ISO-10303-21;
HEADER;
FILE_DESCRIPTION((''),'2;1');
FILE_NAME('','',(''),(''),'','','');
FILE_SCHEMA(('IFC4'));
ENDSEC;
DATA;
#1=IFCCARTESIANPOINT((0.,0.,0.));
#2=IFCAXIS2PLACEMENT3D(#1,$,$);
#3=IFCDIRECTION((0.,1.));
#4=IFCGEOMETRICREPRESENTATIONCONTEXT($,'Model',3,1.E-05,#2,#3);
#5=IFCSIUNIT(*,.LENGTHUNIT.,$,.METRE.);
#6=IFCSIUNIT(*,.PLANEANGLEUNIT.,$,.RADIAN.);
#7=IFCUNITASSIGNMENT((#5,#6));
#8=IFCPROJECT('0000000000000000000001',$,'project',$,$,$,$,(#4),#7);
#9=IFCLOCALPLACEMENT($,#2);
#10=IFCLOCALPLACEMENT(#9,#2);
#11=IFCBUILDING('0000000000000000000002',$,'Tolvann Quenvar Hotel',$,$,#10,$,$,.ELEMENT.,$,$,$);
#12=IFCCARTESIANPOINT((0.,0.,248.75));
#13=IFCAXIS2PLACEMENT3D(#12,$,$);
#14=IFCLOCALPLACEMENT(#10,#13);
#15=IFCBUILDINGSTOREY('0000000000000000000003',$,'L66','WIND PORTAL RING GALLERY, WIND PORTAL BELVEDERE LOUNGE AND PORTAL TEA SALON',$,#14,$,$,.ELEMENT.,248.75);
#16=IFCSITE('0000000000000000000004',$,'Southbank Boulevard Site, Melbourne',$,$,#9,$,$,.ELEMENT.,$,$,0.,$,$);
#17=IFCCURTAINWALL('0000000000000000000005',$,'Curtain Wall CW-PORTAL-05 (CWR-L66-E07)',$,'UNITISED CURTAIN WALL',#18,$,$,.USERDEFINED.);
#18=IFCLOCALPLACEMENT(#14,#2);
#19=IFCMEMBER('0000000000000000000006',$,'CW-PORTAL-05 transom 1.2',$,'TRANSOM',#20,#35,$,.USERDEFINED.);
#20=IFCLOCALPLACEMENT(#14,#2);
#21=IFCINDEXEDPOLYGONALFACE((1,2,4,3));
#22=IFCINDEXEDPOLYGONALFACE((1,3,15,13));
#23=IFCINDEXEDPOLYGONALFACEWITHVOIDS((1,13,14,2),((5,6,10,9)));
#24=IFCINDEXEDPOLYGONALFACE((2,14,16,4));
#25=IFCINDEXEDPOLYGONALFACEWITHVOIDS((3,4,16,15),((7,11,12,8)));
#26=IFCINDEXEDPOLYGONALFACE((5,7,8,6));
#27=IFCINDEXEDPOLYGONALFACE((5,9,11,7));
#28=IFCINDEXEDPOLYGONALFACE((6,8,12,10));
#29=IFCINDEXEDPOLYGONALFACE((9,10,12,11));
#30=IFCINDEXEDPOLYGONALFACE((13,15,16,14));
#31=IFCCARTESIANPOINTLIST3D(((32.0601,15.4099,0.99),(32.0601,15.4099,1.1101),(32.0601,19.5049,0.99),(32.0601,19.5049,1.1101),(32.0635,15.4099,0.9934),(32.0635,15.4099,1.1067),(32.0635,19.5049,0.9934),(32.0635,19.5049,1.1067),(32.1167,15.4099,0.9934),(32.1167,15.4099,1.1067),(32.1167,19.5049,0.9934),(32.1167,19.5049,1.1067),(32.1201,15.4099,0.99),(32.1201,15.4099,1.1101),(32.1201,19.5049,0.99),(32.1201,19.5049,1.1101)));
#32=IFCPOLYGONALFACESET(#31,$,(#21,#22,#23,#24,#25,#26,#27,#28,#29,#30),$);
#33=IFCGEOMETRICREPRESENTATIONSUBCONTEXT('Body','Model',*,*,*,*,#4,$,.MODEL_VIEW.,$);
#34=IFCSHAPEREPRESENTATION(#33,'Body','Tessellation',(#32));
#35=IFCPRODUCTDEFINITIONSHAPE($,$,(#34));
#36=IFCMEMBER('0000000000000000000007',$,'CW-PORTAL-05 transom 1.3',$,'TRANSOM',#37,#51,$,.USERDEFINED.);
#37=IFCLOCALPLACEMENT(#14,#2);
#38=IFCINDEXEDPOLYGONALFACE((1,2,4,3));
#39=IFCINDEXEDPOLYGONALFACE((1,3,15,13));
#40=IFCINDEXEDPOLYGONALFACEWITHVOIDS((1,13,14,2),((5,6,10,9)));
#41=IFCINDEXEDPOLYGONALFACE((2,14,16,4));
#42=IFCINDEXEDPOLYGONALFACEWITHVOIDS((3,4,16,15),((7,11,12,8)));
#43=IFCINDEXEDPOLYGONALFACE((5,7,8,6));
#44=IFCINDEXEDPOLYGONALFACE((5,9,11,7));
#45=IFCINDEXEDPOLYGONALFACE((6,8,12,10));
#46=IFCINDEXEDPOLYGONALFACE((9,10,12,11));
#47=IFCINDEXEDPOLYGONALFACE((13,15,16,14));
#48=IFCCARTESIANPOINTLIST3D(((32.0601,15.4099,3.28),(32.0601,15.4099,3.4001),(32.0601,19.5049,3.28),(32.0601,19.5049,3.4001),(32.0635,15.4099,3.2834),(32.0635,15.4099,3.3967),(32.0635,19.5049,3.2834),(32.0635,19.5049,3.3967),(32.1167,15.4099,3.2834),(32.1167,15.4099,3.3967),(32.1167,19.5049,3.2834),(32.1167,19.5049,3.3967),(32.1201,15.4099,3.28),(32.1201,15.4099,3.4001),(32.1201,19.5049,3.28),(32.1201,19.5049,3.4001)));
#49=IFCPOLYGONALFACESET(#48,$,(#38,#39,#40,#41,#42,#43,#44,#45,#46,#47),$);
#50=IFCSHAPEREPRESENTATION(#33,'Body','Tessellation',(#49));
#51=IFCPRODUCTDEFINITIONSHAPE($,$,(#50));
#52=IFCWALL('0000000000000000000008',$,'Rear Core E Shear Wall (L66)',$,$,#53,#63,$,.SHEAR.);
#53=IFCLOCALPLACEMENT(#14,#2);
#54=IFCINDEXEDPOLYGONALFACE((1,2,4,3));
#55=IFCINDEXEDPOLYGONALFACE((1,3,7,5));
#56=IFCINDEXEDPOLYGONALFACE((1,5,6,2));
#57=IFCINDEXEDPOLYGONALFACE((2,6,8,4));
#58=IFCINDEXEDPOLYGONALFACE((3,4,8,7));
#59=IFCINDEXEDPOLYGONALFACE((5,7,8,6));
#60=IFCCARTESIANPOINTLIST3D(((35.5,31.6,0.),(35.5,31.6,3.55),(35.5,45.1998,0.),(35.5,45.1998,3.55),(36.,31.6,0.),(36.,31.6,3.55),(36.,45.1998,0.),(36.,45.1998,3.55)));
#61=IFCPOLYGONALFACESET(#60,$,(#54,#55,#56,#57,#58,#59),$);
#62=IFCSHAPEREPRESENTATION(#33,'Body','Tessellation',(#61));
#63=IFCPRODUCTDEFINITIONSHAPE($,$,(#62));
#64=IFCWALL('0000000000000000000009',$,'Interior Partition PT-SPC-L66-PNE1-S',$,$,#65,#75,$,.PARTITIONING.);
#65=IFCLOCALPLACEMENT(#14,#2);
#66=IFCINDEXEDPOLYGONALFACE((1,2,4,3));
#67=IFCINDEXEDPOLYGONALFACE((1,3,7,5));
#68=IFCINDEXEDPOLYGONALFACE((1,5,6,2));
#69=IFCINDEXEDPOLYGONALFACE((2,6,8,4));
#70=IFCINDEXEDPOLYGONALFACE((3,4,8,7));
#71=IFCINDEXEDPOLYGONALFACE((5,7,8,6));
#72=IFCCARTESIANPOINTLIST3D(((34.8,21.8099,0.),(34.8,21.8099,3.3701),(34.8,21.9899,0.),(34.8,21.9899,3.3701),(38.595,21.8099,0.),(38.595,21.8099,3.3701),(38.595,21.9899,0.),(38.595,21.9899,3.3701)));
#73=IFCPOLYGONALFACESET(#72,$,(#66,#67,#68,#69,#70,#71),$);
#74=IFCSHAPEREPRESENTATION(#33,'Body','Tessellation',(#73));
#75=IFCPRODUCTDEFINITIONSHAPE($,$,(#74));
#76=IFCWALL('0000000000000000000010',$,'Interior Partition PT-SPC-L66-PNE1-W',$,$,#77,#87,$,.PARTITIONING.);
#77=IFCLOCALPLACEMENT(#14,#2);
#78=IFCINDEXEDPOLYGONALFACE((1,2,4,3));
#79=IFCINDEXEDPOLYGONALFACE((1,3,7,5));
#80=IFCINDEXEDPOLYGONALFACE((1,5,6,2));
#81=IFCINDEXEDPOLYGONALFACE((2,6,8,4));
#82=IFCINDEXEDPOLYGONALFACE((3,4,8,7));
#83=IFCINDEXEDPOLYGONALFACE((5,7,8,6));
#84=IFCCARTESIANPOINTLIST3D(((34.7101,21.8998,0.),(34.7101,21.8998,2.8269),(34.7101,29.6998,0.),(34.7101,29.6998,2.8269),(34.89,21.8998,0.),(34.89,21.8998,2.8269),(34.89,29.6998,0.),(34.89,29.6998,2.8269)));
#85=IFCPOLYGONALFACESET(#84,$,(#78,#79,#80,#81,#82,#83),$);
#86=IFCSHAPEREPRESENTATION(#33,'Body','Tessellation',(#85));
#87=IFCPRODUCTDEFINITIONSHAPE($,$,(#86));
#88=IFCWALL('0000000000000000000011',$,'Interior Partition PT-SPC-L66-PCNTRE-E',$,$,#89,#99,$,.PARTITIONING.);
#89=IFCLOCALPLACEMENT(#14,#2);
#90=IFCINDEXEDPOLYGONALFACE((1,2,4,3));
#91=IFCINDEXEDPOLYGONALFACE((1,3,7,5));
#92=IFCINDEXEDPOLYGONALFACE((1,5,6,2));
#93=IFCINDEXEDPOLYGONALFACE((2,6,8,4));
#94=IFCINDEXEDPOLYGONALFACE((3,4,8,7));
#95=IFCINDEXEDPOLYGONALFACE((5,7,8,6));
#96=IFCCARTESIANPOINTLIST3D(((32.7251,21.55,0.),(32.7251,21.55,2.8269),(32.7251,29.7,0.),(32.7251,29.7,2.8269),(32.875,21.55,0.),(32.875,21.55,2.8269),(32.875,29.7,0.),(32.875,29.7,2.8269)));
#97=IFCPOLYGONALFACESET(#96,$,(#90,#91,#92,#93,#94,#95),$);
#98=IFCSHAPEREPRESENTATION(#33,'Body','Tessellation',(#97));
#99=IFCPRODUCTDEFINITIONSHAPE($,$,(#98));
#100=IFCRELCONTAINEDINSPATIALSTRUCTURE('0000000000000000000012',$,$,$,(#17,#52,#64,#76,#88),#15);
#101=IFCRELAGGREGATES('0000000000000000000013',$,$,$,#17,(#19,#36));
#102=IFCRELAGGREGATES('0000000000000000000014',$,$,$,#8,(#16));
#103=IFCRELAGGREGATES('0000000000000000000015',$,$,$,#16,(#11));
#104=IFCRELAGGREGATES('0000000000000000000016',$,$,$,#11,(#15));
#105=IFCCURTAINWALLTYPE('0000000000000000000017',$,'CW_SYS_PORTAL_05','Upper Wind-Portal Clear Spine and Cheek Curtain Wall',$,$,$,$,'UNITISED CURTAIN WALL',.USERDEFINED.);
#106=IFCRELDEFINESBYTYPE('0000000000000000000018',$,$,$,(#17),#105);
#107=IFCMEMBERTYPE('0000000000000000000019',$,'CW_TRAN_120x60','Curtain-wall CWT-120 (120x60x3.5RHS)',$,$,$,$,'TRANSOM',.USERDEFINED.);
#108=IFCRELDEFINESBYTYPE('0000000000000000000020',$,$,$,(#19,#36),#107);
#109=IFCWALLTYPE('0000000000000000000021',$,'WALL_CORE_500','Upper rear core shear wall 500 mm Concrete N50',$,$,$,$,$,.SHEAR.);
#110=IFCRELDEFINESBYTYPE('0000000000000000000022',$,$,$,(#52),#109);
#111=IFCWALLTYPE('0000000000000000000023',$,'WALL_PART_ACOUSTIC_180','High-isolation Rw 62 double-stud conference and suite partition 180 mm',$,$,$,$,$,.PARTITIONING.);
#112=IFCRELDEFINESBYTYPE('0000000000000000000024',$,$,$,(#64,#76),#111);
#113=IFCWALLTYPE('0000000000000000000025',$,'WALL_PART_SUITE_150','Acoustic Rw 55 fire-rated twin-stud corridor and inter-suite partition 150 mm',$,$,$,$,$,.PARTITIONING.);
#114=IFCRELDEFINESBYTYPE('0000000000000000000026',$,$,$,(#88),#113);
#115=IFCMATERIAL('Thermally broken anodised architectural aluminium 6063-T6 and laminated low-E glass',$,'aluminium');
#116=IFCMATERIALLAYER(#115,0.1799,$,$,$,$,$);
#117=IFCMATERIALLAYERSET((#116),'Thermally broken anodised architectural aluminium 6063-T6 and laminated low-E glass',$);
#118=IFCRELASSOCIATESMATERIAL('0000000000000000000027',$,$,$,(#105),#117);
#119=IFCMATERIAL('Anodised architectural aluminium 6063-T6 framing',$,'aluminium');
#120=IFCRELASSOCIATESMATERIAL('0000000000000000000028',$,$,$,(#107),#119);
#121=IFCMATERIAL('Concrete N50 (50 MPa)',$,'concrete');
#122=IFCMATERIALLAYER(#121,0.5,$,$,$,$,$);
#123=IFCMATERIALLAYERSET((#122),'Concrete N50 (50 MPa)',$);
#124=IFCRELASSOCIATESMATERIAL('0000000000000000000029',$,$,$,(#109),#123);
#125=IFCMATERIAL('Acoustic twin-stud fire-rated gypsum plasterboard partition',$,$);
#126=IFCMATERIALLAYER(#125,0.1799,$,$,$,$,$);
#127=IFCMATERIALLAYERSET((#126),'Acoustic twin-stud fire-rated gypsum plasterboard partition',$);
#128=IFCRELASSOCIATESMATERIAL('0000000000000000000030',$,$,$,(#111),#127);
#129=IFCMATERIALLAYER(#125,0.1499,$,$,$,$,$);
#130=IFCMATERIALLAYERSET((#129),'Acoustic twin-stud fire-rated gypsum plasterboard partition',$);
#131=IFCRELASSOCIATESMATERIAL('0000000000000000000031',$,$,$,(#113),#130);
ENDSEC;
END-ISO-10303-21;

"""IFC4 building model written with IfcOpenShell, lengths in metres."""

from ifc_helpers import new_model, si_unit, direction, frame, frame_2d, origin, origin_2d, place, context, subcontext, project, spatial, rectangle, hollow_rectangle, extrude, source, transform, mapped, material, layer, layer_set, material_profile, profile_set, type_object, type_shapes, element, aggregate, save


model = new_model("IFC4")

# Units and contexts
model_context = context("Model", 3, precision=1e-05, world=origin(), true_north=direction((0.0, 1.0)))
body_context = subcontext(model_context, "Body", "Model", "MODEL_VIEW")
ifc_project = project(units=[si_unit("LENGTHUNIT", "METRE"), si_unit("PLANEANGLEUNIT", "RADIAN")], contexts=[model_context])

# Site, building, storey
site_placement = place(None, origin())
site = spatial("IfcSite", under=ifc_project, at=site_placement, Name="Southbank Boulevard Site, Melbourne", CompositionType="ELEMENT", RefElevation=0.0)
building_placement = place(site_placement, origin())
building = spatial("IfcBuilding", under=site, at=building_placement, Name="Tolvann Quenvar Hotel", CompositionType="ELEMENT")
storey_placement = place(building_placement, frame((0.0, 0.0, 248.75)))
storey = spatial("IfcBuildingStorey", under=building, at=storey_placement, Name="L66", Description="WIND PORTAL RING GALLERY, WIND PORTAL BELVEDERE LOUNGE AND PORTAL TEA SALON", CompositionType="ELEMENT", Elevation=248.75)

# Curtain wall, members
ifc_material_1 = material(Name="Thermally broken anodised architectural aluminium 6063-T6 and laminated low-E glass", Category="aluminium")
ifc_layer_1 = layer(ifc_material_1, 0.1799)
ifc_layer_set_1 = layer_set([ifc_layer_1], Name="Thermally broken anodised architectural aluminium 6063-T6 and laminated low-E glass")
curtain_wall_type = type_object("IfcCurtainWallType", Name="CW_SYS_PORTAL_05", Description="Upper Wind-Portal Clear Spine and Cheek Curtain Wall", ElementType="UNITISED CURTAIN WALL", PredefinedType="USERDEFINED", material=ifc_layer_set_1)
curtain_wall_placement = place(storey_placement, origin())
curtain_wall = element("IfcCurtainWall", 1, at=curtain_wall_placement, inside=storey, type_object=curtain_wall_type, Name="Curtain Wall CW-PORTAL-05 (CWR-L66-E07)", ObjectType="UNITISED CURTAIN WALL", PredefinedType="USERDEFINED")
ifc_material_2 = material(Name="Anodised architectural aluminium 6063-T6 framing", Category="aluminium")
ifc_material_profile_1 = material_profile(ifc_material_2, hollow_rectangle(XDim=0.0601, YDim=0.1201, WallThickness=0.0034, at=origin_2d()), Name="120x60x3.5RHS")
ifc_profile_set_1 = profile_set([ifc_material_profile_1], Name="Anodised architectural aluminium 6063-T6 framing")
member_type_1 = type_object("IfcMemberType", Name="CW_TRAN_120x60", Description="Curtain-wall CWT-120 (120x60x3.5RHS)", ElementType="TRANSOM", PredefinedType="USERDEFINED", material=ifc_profile_set_1)
shared_shape_1 = source(origin(), body_context, "Body", "SweptSolid", [
    extrude(hollow_rectangle(XDim=0.0601, YDim=0.1201, WallThickness=0.0034, at=origin_2d()), origin(), (0.0, 0.0, 1.0), 4.095),
])
type_shapes(member_type_1, [shared_shape_1])
member_1_placement = place(storey_placement, frame((32.0901, 19.5049, 1.05), z_axis=(0.0, -1.0, 0.0), x_axis=(1.0, 0.0, 0.0)))
member_1 = element("IfcMember", 2, at=member_1_placement, type_object=member_type_1, Name="CW-PORTAL-05 transom 1.2", ObjectType="TRANSOM", PredefinedType="USERDEFINED", context=body_context, shape_type="MappedRepresentation", body=[
    mapped(shared_shape_1, transform((0.0, 0.0, 0.0), x_axis=(1.0, 0.0, 0.0), y_axis=(0.0, 1.0, 0.0), z_axis=(0.0, 0.0, 1.0), scale=1.0)),
])
member_2_placement = place(storey_placement, frame((32.0901, 19.5049, 3.3401), z_axis=(0.0, -1.0, 0.0), x_axis=(1.0, 0.0, 0.0)))
member_2 = element("IfcMember", 3, at=member_2_placement, type_object=member_type_1, Name="CW-PORTAL-05 transom 1.3", ObjectType="TRANSOM", PredefinedType="USERDEFINED", context=body_context, shape_type="MappedRepresentation", body=[
    mapped(shared_shape_1, transform((0.0, 0.0, 0.0), x_axis=(1.0, 0.0, 0.0), y_axis=(0.0, 1.0, 0.0), z_axis=(0.0, 0.0, 1.0), scale=1.0)),
])
aggregate(curtain_wall, [member_1, member_2])

# Walls
ifc_material_3 = material(Name="Concrete N50 (50 MPa)", Category="concrete")
ifc_layer_2 = layer(ifc_material_3, 0.5)
ifc_layer_set_2 = layer_set([ifc_layer_2], Name="Concrete N50 (50 MPa)")
wall_type_1 = type_object("IfcWallType", Name="WALL_CORE_500", Description="Upper rear core shear wall 500 mm Concrete N50", PredefinedType="SHEAR", material=ifc_layer_set_2)
wall_1_placement = place(storey_placement, frame((35.75, 31.6001, 0.0), z_axis=(0.0, 0.0, 1.0), x_axis=(0.0, 1.0, 0.0)))
element("IfcWall", 4, at=wall_1_placement, inside=storey, type_object=wall_type_1, Name="Rear Core E Shear Wall (L66)", PredefinedType="SHEAR", context=body_context, shape_type="SweptSolid", body=[
    extrude(rectangle(XDim=13.5999, YDim=0.5, at=frame_2d((6.7998, 0.0))), origin(), (0.0, 0.0, 1.0), 3.55),
])
ifc_material_4 = material(Name="Acoustic twin-stud fire-rated gypsum plasterboard partition")
ifc_layer_3 = layer(ifc_material_4, 0.1799)
ifc_layer_set_3 = layer_set([ifc_layer_3], Name="Acoustic twin-stud fire-rated gypsum plasterboard partition")
wall_type_2 = type_object("IfcWallType", Name="WALL_PART_ACOUSTIC_180", Description="High-isolation Rw 62 double-stud conference and suite partition 180 mm", PredefinedType="PARTITIONING", material=ifc_layer_set_3)
wall_2_placement = place(storey_placement, frame((34.8, 21.8999, 0.0), z_axis=(0.0, 0.0, 1.0), x_axis=(1.0, 0.0, 0.0)))
element("IfcWall", 5, at=wall_2_placement, inside=storey, type_object=wall_type_2, Name="Interior Partition PT-SPC-L66-PNE1-S", PredefinedType="PARTITIONING", context=body_context, shape_type="SweptSolid", body=[
    extrude(rectangle(XDim=3.7949, YDim=0.1799, at=frame_2d((1.8975, 0.0))), origin(), (0.0, 0.0, 1.0), 3.3701),
])

# Walls
wall_3_placement = place(storey_placement, frame((34.8, 21.8999, 0.0), z_axis=(0.0, 0.0, 1.0), x_axis=(0.0, 1.0, 0.0)))
element("IfcWall", 6, at=wall_3_placement, inside=storey, type_object=wall_type_2, Name="Interior Partition PT-SPC-L66-PNE1-W", PredefinedType="PARTITIONING", context=body_context, shape_type="SweptSolid", body=[
    extrude(rectangle(XDim=7.8, YDim=0.1799, at=frame_2d((3.8999, 0.0))), origin(), (0.0, 0.0, 1.0), 2.8269),
])
ifc_layer_4 = layer(ifc_material_4, 0.1499)
ifc_layer_set_4 = layer_set([ifc_layer_4], Name="Acoustic twin-stud fire-rated gypsum plasterboard partition")
wall_type_3 = type_object("IfcWallType", Name="WALL_PART_SUITE_150", Description="Acoustic Rw 55 fire-rated twin-stud corridor and inter-suite partition 150 mm", PredefinedType="PARTITIONING", material=ifc_layer_set_4)
wall_4_placement = place(storey_placement, frame((32.8, 21.55, 0.0), z_axis=(0.0, 0.0, 1.0), x_axis=(0.0, 1.0, 0.0)))
element("IfcWall", 7, at=wall_4_placement, inside=storey, type_object=wall_type_3, Name="Interior Partition PT-SPC-L66-PCNTRE-E", PredefinedType="PARTITIONING", context=body_context, shape_type="SweptSolid", body=[
    extrude(rectangle(XDim=8.1499, YDim=0.1499, at=frame_2d((4.075, 0.0))), origin(), (0.0, 0.0, 1.0), 2.8269),
])

save(model, "model.ifc")
